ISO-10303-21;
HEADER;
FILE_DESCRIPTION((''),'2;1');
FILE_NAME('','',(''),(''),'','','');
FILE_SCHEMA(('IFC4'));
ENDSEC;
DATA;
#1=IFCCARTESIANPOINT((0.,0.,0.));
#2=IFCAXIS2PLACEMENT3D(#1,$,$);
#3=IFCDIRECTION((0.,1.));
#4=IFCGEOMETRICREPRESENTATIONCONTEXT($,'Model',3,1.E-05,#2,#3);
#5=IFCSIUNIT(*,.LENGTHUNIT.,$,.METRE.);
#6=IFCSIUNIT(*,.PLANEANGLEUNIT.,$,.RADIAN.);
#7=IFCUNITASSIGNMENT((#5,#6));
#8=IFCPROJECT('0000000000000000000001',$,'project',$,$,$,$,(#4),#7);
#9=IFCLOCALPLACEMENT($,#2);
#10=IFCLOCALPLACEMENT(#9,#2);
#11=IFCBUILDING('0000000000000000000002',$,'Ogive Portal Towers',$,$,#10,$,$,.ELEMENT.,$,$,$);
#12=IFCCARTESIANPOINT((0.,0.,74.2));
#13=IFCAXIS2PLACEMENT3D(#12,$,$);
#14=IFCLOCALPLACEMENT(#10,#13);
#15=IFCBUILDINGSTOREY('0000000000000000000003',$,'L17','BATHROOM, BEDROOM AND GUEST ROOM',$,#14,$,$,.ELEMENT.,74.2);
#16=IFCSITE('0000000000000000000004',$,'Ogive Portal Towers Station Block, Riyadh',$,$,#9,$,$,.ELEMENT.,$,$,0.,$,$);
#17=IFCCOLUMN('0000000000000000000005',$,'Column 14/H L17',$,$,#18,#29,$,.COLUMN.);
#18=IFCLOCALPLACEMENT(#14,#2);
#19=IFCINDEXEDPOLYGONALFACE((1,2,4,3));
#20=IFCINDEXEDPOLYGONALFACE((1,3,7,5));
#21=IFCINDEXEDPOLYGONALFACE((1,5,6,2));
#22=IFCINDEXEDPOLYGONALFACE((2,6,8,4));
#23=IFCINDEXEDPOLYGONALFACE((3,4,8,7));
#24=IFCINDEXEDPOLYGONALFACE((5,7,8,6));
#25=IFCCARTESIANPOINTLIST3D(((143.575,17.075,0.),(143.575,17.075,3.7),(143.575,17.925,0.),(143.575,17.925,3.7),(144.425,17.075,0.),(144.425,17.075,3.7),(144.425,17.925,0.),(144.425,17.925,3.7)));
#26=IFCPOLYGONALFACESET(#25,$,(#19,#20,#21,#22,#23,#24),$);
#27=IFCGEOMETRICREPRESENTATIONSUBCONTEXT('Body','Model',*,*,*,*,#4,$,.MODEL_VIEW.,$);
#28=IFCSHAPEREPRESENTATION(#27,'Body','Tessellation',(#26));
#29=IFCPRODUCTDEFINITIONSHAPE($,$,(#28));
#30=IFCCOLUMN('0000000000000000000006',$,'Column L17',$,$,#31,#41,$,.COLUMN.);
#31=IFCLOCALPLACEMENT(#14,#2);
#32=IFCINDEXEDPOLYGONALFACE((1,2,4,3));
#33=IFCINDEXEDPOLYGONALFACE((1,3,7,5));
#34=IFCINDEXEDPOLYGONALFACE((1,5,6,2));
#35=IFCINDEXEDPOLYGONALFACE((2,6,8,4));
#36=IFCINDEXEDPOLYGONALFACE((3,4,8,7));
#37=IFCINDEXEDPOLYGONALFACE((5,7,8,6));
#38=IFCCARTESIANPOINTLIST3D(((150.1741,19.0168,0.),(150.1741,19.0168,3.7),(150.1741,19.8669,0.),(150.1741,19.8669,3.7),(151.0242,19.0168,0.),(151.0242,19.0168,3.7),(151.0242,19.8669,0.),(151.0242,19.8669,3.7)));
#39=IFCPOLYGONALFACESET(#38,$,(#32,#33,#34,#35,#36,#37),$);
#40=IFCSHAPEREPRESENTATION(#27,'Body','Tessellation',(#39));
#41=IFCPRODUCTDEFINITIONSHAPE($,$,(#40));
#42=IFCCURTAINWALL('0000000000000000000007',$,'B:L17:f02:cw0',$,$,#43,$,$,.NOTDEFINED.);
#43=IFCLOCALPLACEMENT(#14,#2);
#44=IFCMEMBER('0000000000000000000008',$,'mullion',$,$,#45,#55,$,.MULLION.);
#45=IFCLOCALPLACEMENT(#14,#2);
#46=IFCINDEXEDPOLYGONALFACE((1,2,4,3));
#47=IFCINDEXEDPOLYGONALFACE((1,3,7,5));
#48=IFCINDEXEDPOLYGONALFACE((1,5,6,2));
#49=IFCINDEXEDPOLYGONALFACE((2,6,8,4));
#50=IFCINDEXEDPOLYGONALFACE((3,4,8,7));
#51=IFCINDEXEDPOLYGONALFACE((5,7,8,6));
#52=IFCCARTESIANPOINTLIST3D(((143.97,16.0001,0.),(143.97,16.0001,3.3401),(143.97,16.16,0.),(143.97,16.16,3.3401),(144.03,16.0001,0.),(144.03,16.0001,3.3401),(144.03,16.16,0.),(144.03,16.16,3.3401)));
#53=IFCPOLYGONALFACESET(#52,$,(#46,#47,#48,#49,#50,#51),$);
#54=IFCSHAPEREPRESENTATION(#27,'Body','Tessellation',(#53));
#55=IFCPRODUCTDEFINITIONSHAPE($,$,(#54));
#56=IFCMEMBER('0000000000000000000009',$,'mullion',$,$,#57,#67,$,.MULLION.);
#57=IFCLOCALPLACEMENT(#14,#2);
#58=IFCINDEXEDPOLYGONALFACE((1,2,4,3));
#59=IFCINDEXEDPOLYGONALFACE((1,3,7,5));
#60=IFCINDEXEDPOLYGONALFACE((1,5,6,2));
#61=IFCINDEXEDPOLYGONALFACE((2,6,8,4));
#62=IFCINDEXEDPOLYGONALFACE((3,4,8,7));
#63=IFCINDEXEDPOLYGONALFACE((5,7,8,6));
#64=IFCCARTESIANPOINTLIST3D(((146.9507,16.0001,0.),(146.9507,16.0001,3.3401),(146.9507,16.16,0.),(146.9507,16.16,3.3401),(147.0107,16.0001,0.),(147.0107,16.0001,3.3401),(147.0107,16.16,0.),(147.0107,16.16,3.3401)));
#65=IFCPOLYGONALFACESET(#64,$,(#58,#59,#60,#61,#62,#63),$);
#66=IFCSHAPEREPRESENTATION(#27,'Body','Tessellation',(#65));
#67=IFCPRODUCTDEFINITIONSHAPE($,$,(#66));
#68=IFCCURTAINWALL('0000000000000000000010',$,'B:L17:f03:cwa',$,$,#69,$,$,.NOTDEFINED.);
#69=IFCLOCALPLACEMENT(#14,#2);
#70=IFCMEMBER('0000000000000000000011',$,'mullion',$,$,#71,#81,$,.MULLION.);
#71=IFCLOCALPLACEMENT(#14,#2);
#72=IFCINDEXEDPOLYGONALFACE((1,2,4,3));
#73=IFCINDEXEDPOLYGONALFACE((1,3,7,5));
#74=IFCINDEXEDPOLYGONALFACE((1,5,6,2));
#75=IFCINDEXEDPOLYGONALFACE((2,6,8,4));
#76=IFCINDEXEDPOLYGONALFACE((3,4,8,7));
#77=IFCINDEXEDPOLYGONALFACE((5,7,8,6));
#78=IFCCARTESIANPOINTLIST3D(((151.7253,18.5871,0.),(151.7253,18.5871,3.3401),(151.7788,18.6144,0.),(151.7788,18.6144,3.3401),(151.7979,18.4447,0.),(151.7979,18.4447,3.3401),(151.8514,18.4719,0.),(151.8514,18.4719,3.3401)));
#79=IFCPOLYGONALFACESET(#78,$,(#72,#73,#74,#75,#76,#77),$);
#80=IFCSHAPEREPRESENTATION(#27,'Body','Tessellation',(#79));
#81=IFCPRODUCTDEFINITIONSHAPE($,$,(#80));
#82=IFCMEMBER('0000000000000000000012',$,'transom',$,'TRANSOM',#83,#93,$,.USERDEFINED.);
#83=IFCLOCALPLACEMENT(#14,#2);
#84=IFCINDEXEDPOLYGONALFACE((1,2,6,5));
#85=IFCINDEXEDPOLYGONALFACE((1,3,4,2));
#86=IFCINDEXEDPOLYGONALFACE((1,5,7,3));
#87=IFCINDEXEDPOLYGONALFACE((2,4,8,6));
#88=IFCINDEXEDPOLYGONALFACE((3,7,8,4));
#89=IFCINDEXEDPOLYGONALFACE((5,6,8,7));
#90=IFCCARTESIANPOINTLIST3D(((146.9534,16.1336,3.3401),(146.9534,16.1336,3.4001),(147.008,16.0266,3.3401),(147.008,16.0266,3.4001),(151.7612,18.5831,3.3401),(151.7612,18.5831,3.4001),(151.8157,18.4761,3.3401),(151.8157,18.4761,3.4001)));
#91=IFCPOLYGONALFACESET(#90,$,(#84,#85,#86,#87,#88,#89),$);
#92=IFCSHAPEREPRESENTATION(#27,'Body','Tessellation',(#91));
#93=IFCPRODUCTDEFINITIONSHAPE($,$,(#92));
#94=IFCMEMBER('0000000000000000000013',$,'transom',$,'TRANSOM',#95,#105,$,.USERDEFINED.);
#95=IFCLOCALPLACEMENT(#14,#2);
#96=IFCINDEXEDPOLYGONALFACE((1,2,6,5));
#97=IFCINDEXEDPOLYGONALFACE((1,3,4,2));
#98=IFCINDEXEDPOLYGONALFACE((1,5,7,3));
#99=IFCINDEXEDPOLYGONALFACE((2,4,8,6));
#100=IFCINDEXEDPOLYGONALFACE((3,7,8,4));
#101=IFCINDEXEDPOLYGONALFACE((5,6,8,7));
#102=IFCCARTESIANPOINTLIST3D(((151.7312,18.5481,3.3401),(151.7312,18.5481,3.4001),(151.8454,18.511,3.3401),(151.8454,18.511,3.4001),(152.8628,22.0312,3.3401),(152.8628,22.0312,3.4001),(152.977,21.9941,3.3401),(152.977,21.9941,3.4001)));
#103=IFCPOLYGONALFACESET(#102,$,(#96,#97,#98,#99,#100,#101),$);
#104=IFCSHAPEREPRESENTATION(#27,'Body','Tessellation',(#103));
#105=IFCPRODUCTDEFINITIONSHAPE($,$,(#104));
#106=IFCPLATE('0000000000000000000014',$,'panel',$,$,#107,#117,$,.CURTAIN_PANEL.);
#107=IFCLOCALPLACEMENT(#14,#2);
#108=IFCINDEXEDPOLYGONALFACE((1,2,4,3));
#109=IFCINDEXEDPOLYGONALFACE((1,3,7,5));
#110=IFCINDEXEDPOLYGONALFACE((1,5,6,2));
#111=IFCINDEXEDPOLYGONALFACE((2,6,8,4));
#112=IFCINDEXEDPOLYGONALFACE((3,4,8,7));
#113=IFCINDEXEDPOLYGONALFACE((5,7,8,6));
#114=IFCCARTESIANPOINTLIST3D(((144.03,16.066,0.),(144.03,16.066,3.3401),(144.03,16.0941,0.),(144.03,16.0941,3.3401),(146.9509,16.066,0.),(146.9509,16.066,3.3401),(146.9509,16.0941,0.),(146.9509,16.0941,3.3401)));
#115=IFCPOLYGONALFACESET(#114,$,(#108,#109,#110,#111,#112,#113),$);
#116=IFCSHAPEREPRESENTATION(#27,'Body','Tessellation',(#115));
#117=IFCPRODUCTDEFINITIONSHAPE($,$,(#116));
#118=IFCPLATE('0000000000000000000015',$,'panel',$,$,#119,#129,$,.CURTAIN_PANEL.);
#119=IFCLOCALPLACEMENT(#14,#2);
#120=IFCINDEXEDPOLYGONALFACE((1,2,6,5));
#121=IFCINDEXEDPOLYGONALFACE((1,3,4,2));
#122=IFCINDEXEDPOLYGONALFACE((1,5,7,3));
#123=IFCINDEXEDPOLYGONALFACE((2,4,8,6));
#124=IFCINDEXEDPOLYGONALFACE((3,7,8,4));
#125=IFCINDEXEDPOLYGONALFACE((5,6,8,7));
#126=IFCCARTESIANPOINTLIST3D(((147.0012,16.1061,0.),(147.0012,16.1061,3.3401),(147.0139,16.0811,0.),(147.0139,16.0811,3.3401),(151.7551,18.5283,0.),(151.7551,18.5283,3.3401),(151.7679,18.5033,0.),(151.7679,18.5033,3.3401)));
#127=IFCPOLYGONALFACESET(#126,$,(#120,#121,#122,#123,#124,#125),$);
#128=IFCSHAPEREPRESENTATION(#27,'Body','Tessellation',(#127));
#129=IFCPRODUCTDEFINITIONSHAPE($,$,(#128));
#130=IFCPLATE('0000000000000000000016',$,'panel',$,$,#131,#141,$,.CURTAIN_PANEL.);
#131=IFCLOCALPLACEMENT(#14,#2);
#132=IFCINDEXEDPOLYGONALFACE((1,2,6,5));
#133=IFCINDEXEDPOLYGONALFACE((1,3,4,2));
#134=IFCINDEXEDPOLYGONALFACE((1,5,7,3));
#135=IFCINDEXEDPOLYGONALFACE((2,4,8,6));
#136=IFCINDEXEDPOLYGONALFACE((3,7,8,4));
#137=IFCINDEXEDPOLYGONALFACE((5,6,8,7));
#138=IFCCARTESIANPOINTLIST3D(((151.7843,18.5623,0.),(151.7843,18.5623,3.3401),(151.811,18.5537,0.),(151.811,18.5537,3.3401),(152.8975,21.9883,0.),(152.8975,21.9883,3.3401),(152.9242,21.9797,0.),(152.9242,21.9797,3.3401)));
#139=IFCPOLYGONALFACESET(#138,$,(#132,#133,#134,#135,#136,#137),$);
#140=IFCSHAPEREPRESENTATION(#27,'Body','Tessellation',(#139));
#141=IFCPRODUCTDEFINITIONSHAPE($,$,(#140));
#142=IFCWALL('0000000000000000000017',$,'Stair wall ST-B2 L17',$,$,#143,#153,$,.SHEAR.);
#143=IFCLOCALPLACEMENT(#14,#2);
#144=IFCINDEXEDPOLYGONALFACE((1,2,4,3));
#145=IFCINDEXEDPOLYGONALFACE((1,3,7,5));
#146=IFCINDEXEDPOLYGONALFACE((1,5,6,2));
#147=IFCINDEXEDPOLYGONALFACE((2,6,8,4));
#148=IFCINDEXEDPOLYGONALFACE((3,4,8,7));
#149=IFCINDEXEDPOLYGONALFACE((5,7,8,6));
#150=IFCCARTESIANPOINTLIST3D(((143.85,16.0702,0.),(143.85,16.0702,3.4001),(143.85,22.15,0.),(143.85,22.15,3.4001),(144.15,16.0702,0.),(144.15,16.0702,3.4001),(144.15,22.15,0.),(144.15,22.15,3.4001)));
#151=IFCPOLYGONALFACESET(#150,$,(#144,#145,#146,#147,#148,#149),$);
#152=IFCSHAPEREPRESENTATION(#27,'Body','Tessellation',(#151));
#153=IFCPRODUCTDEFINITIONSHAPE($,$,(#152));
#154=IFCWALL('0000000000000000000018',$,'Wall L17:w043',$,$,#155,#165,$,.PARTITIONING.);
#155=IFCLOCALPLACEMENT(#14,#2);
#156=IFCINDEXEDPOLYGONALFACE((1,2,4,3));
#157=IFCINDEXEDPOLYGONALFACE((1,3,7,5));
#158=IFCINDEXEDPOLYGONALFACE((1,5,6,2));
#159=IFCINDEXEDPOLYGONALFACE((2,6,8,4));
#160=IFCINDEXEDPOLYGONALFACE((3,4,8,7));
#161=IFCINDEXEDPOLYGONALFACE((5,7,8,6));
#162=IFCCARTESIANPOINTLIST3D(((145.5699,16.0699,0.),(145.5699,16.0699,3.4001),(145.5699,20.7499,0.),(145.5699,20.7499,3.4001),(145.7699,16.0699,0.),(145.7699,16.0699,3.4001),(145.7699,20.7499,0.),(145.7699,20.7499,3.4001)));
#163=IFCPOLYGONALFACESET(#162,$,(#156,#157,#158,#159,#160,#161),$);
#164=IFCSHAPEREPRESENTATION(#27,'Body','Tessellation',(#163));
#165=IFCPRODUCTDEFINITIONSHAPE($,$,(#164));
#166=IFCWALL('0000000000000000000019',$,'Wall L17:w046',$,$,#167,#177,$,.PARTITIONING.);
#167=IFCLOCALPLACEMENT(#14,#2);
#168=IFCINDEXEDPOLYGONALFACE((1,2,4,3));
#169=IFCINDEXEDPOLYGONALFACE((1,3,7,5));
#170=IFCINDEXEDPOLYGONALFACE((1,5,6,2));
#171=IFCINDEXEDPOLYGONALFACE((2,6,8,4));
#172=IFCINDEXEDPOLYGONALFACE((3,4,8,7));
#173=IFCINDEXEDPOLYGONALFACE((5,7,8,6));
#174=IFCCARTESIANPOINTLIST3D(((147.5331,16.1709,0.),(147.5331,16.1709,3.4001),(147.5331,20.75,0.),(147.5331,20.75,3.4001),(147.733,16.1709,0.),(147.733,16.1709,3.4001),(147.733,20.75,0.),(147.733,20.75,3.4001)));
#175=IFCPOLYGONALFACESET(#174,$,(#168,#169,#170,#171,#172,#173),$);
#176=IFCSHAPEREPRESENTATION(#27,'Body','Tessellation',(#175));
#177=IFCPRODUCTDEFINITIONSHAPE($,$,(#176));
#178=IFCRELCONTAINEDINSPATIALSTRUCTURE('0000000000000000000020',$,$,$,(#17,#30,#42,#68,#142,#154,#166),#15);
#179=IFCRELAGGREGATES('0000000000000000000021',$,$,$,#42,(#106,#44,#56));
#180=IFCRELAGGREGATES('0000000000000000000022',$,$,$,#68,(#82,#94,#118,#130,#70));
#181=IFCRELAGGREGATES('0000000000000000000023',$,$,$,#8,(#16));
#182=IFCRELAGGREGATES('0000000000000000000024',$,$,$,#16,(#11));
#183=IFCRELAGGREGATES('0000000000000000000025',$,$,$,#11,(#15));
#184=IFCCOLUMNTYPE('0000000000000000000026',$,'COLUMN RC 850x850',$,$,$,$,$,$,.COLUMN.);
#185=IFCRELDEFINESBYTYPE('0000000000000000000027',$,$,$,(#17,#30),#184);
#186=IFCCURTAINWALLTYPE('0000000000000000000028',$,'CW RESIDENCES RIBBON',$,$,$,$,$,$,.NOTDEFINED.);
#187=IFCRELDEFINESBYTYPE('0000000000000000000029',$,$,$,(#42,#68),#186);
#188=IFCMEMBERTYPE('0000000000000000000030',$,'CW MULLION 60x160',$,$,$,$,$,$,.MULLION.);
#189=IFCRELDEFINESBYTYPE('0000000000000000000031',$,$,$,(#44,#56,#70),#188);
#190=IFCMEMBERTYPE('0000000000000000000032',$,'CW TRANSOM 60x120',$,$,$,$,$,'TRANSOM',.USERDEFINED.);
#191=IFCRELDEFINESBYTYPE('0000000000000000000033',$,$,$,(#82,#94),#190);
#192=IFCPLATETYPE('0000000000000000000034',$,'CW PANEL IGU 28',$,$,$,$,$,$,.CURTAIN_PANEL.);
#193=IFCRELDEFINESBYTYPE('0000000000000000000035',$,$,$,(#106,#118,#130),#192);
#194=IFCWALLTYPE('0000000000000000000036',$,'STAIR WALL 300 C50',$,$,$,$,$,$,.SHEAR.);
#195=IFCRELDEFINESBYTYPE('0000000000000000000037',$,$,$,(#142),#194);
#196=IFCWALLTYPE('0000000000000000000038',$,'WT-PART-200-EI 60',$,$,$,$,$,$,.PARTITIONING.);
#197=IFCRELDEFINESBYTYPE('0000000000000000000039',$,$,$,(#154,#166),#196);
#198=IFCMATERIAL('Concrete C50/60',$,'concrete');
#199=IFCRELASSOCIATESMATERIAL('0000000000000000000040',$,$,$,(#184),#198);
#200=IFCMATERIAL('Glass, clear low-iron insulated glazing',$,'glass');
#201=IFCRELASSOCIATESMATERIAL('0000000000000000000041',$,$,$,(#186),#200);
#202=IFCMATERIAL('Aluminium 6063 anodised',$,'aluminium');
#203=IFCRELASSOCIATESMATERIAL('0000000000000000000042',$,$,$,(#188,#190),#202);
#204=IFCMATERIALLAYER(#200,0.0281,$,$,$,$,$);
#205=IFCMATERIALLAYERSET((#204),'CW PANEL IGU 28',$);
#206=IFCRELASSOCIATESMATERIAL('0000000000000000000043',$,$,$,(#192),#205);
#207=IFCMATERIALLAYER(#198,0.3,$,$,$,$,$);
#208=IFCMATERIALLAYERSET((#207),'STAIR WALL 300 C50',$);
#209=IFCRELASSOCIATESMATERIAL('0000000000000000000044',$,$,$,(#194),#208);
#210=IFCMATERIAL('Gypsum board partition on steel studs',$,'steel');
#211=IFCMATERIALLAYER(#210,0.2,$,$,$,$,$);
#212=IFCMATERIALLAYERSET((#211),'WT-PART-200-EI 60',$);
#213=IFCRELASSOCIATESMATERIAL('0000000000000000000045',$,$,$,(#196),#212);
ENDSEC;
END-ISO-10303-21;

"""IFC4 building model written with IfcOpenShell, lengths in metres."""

from ifc_helpers import new_model, si_unit, direction, frame, frame_2d, origin, origin_2d, place, context, subcontext, project, spatial, rectangle, extrude, material, layer, layer_set, material_profile, profile_set, type_object, element, aggregate, save


model = new_model("IFC4")

# Units and contexts
model_context = context("Model", 3, precision=1e-05, world=origin(), true_north=direction((0.0, 1.0)))
body_context = subcontext(model_context, "Body", "Model", "MODEL_VIEW")
ifc_project = project(units=[si_unit("LENGTHUNIT", "METRE"), si_unit("PLANEANGLEUNIT", "RADIAN")], contexts=[model_context])

# Site, building, storey
site_placement = place(None, origin())
site = spatial("IfcSite", under=ifc_project, at=site_placement, Name="Ogive Portal Towers Station Block, Riyadh", CompositionType="ELEMENT", RefElevation=0.0)
building_placement = place(site_placement, origin())
building = spatial("IfcBuilding", under=site, at=building_placement, Name="Ogive Portal Towers", CompositionType="ELEMENT")
storey_placement = place(building_placement, frame((0.0, 0.0, 74.2)))
storey = spatial("IfcBuildingStorey", under=building, at=storey_placement, Name="L17", Description="BATHROOM, BEDROOM AND GUEST ROOM", CompositionType="ELEMENT", Elevation=74.2)

# Columns
ifc_material_1 = material(Name="Concrete C50/60", Category="concrete")
ifc_material_profile_1 = material_profile(ifc_material_1, rectangle(XDim=0.8501, YDim=0.8501, at=origin_2d()), Name="RC 850x850")
ifc_profile_set_1 = profile_set([ifc_material_profile_1], Name="Concrete C50/60")
column_type = type_object("IfcColumnType", Name="COLUMN RC 850x850", PredefinedType="COLUMN", material=ifc_profile_set_1)
for number, where, z_axis, x_axis, name in (
    (1, (144.0, 17.5, 0.0), (0.0, 0.0, 1.0), (1.0, 0.0, 0.0), "Column 14/H L17"),
    (2, (150.5991, 19.4419, 0.0), (0.0, 0.0, 1.0), (1.0, 0.0, 0.0), "Column L17"),
):
    element("IfcColumn", number, at=place(storey_placement, frame(where, z_axis=z_axis, x_axis=x_axis)), inside=storey, type_object=column_type, Name=name, PredefinedType="COLUMN", context=body_context, shape_type="SweptSolid", body=[
        extrude(rectangle(XDim=0.8501, YDim=0.8501, at=origin_2d()), origin(), (0.0, 0.0, 1.0), 3.7),
    ])

# Curtain walls, members
ifc_material_2 = material(Name="Glass, clear low-iron insulated glazing", Category="glass")
curtain_wall_type = type_object("IfcCurtainWallType", Name="CW RESIDENCES RIBBON", PredefinedType="NOTDEFINED", material=ifc_material_2)
curtain_wall_1_placement = place(storey_placement, origin())
curtain_wall_1 = element("IfcCurtainWall", 3, at=curtain_wall_1_placement, inside=storey, type_object=curtain_wall_type, Name="B:L17:f02:cw0", PredefinedType="NOTDEFINED")
ifc_material_3 = material(Name="Aluminium 6063 anodised", Category="aluminium")
ifc_material_profile_2 = material_profile(ifc_material_3, rectangle(XDim=0.1599, YDim=0.0601, at=origin_2d()), Name="AL 60x160")
ifc_profile_set_2 = profile_set([ifc_material_profile_2], Name="Aluminium 6063 anodised")
member_type_1 = type_object("IfcMemberType", Name="CW MULLION 60x160", PredefinedType="MULLION", material=ifc_profile_set_2)
member_1_placement = place(storey_placement, frame((144.0, 16.0801, 0.0), z_axis=(0.0, 0.0, 1.0), x_axis=(0.0, 1.0, 0.0)))
member_1 = element("IfcMember", 4, at=member_1_placement, type_object=member_type_1, Name="mullion", PredefinedType="MULLION", context=body_context, shape_type="SweptSolid", body=[
    extrude(rectangle(XDim=0.1599, YDim=0.0601, at=origin_2d()), origin(), (0.0, 0.0, 1.0), 3.3401),
])
member_2_placement = place(storey_placement, frame((146.9807, 16.0801, 0.0), z_axis=(0.0, 0.0, 1.0), x_axis=(0.0, 1.0, 0.0)))
member_2 = element("IfcMember", 5, at=member_2_placement, type_object=member_type_1, Name="mullion", PredefinedType="MULLION", context=body_context, shape_type="SweptSolid", body=[
    extrude(rectangle(XDim=0.1599, YDim=0.0601, at=origin_2d()), origin(), (0.0, 0.0, 1.0), 3.3401),
])
curtain_wall_2_placement = place(storey_placement, origin())
curtain_wall_2 = element("IfcCurtainWall", 6, at=curtain_wall_2_placement, inside=storey, type_object=curtain_wall_type, Name="B:L17:f03:cwa", PredefinedType="NOTDEFINED")
member_3_placement = place(storey_placement, frame((151.7883, 18.5295, 0.0), z_axis=(0.0, 0.0, 1.0), x_axis=(-0.45399, 0.891007, 0.0)))
member_3 = element("IfcMember", 7, at=member_3_placement, type_object=member_type_1, Name="mullion", PredefinedType="MULLION", context=body_context, shape_type="SweptSolid", body=[
    extrude(rectangle(XDim=0.1599, YDim=0.0601, at=origin_2d()), origin(), (0.0, 0.0, 1.0), 3.3401),
])
ifc_material_profile_3 = material_profile(ifc_material_3, rectangle(XDim=0.1201, YDim=0.0601, at=origin_2d()), Name="AL 120x60")
ifc_profile_set_3 = profile_set([ifc_material_profile_3], Name="Aluminium 6063 anodised")
member_type_2 = type_object("IfcMemberType", Name="CW TRANSOM 60x120", ElementType="TRANSOM", PredefinedType="USERDEFINED", material=ifc_profile_set_3)
member_4_placement = place(storey_placement, frame((146.9807, 16.0801, 3.3701), z_axis=(0.891017, 0.45397, 0.0), x_axis=(-0.45397, 0.891017, 0.0)))
member_4 = element("IfcMember", 8, at=member_4_placement, type_object=member_type_2, Name="transom", ObjectType="TRANSOM", PredefinedType="USERDEFINED", context=body_context, shape_type="SweptSolid", body=[
    extrude(rectangle(XDim=0.1201, YDim=0.0601, at=origin_2d()), origin(), (0.0, 0.0, 1.0), 5.3958),
])
member_5_placement = place(storey_placement, frame((151.7883, 18.5295, 3.3701), z_axis=(0.308979, 0.951069, 0.0), x_axis=(-0.951069, 0.308979, 0.0)))
member_5 = element("IfcMember", 9, at=member_5_placement, type_object=member_type_2, Name="transom", ObjectType="TRANSOM", PredefinedType="USERDEFINED", context=body_context, shape_type="SweptSolid", body=[
    extrude(rectangle(XDim=0.1201, YDim=0.0601, at=origin_2d()), origin(), (0.0, 0.0, 1.0), 3.6624),
])

# Plates
ifc_layer_1 = layer(ifc_material_2, 0.0281)
ifc_layer_set_1 = layer_set([ifc_layer_1], Name="CW PANEL IGU 28")
plate_type = type_object("IfcPlateType", Name="CW PANEL IGU 28", PredefinedType="CURTAIN_PANEL", material=ifc_layer_set_1)
plate_1_placement = place(storey_placement, frame((145.4905, 16.0801, 0.0), z_axis=(0.0, 0.0, 1.0), x_axis=(1.0, 0.0, 0.0)))
plate_1 = element("IfcPlate", 10, at=plate_1_placement, type_object=plate_type, Name="panel", PredefinedType="CURTAIN_PANEL", context=body_context, shape_type="SweptSolid", body=[
    extrude(rectangle(XDim=2.9209, YDim=0.0281, at=origin_2d()), origin(), (0.0, 0.0, 1.0), 3.3401),
])
aggregate(curtain_wall_1, [plate_1, member_1, member_2])
plate_2_placement = place(storey_placement, frame((149.3845, 17.3047, 0.0), z_axis=(0.0, 0.0, 1.0), x_axis=(0.891007, 0.45399, 0.0)))
plate_2 = element("IfcPlate", 11, at=plate_2_placement, type_object=plate_type, Name="panel", PredefinedType="CURTAIN_PANEL", context=body_context, shape_type="SweptSolid", body=[
    extrude(rectangle(XDim=5.3354, YDim=0.0281, at=origin_2d()), origin(), (0.0, 0.0, 1.0), 3.3401),
])
plate_3_placement = place(storey_placement, frame((152.3542, 20.271, 0.0), z_axis=(0.0, 0.0, 1.0), x_axis=(0.309017, 0.951057, 0.0)))
plate_3 = element("IfcPlate", 12, at=plate_3_placement, type_object=plate_type, Name="panel", PredefinedType="CURTAIN_PANEL", context=body_context, shape_type="SweptSolid", body=[
    extrude(rectangle(XDim=3.6023, YDim=0.0281, at=origin_2d()), origin(), (0.0, 0.0, 1.0), 3.3401),
])
aggregate(curtain_wall_2, [member_4, member_5, plate_2, plate_3, member_3])

# Walls
ifc_layer_2 = layer(ifc_material_1, 0.3)
ifc_layer_set_2 = layer_set([ifc_layer_2], Name="STAIR WALL 300 C50")
wall_type_1 = type_object("IfcWallType", Name="STAIR WALL 300 C50", PredefinedType="SHEAR", material=ifc_layer_set_2)
wall_1_placement = place(storey_placement, frame((144.0, 16.0701, 0.0), z_axis=(0.0, 0.0, 1.0), x_axis=(0.0, 1.0, 0.0)))
element("IfcWall", 13, at=wall_1_placement, inside=storey, type_object=wall_type_1, Name="Stair wall ST-B2 L17", PredefinedType="SHEAR", context=body_context, shape_type="SweptSolid", body=[
    extrude(rectangle(XDim=6.0798, YDim=0.3, at=frame_2d((3.04, 0.0))), origin(), (0.0, 0.0, 1.0), 3.4001),
])
ifc_material_4 = material(Name="Gypsum board partition on steel studs", Category="steel")
ifc_layer_3 = layer(ifc_material_4, 0.2)
ifc_layer_set_3 = layer_set([ifc_layer_3], Name="WT-PART-200-EI 60")
wall_type_2 = type_object("IfcWallType", Name="WT-PART-200-EI 60", PredefinedType="PARTITIONING", material=ifc_layer_set_3)
wall_2_placement = place(storey_placement, frame((145.6699, 16.0701, 0.0), z_axis=(0.0, 0.0, 1.0), x_axis=(0.0, 1.0, 0.0)))
element("IfcWall", 14, at=wall_2_placement, inside=storey, type_object=wall_type_2, Name="Wall L17:w043", PredefinedType="PARTITIONING", context=body_context, shape_type="SweptSolid", body=[
    extrude(rectangle(XDim=4.6799, YDim=0.2, at=frame_2d((2.3398, 0.0))), origin(), (0.0, 0.0, 1.0), 3.4001),
])
wall_3_placement = place(storey_placement, frame((147.6331, 16.1709, 0.0), z_axis=(0.0, 0.0, 1.0), x_axis=(0.0, 1.0, 0.0)))
element("IfcWall", 15, at=wall_3_placement, inside=storey, type_object=wall_type_2, Name="Wall L17:w046", PredefinedType="PARTITIONING", context=body_context, shape_type="SweptSolid", body=[
    extrude(rectangle(XDim=4.5791, YDim=0.2, at=frame_2d((2.2896, 0.0))), origin(), (0.0, 0.0, 1.0), 3.4001),
])

save(model, "model.ifc")
